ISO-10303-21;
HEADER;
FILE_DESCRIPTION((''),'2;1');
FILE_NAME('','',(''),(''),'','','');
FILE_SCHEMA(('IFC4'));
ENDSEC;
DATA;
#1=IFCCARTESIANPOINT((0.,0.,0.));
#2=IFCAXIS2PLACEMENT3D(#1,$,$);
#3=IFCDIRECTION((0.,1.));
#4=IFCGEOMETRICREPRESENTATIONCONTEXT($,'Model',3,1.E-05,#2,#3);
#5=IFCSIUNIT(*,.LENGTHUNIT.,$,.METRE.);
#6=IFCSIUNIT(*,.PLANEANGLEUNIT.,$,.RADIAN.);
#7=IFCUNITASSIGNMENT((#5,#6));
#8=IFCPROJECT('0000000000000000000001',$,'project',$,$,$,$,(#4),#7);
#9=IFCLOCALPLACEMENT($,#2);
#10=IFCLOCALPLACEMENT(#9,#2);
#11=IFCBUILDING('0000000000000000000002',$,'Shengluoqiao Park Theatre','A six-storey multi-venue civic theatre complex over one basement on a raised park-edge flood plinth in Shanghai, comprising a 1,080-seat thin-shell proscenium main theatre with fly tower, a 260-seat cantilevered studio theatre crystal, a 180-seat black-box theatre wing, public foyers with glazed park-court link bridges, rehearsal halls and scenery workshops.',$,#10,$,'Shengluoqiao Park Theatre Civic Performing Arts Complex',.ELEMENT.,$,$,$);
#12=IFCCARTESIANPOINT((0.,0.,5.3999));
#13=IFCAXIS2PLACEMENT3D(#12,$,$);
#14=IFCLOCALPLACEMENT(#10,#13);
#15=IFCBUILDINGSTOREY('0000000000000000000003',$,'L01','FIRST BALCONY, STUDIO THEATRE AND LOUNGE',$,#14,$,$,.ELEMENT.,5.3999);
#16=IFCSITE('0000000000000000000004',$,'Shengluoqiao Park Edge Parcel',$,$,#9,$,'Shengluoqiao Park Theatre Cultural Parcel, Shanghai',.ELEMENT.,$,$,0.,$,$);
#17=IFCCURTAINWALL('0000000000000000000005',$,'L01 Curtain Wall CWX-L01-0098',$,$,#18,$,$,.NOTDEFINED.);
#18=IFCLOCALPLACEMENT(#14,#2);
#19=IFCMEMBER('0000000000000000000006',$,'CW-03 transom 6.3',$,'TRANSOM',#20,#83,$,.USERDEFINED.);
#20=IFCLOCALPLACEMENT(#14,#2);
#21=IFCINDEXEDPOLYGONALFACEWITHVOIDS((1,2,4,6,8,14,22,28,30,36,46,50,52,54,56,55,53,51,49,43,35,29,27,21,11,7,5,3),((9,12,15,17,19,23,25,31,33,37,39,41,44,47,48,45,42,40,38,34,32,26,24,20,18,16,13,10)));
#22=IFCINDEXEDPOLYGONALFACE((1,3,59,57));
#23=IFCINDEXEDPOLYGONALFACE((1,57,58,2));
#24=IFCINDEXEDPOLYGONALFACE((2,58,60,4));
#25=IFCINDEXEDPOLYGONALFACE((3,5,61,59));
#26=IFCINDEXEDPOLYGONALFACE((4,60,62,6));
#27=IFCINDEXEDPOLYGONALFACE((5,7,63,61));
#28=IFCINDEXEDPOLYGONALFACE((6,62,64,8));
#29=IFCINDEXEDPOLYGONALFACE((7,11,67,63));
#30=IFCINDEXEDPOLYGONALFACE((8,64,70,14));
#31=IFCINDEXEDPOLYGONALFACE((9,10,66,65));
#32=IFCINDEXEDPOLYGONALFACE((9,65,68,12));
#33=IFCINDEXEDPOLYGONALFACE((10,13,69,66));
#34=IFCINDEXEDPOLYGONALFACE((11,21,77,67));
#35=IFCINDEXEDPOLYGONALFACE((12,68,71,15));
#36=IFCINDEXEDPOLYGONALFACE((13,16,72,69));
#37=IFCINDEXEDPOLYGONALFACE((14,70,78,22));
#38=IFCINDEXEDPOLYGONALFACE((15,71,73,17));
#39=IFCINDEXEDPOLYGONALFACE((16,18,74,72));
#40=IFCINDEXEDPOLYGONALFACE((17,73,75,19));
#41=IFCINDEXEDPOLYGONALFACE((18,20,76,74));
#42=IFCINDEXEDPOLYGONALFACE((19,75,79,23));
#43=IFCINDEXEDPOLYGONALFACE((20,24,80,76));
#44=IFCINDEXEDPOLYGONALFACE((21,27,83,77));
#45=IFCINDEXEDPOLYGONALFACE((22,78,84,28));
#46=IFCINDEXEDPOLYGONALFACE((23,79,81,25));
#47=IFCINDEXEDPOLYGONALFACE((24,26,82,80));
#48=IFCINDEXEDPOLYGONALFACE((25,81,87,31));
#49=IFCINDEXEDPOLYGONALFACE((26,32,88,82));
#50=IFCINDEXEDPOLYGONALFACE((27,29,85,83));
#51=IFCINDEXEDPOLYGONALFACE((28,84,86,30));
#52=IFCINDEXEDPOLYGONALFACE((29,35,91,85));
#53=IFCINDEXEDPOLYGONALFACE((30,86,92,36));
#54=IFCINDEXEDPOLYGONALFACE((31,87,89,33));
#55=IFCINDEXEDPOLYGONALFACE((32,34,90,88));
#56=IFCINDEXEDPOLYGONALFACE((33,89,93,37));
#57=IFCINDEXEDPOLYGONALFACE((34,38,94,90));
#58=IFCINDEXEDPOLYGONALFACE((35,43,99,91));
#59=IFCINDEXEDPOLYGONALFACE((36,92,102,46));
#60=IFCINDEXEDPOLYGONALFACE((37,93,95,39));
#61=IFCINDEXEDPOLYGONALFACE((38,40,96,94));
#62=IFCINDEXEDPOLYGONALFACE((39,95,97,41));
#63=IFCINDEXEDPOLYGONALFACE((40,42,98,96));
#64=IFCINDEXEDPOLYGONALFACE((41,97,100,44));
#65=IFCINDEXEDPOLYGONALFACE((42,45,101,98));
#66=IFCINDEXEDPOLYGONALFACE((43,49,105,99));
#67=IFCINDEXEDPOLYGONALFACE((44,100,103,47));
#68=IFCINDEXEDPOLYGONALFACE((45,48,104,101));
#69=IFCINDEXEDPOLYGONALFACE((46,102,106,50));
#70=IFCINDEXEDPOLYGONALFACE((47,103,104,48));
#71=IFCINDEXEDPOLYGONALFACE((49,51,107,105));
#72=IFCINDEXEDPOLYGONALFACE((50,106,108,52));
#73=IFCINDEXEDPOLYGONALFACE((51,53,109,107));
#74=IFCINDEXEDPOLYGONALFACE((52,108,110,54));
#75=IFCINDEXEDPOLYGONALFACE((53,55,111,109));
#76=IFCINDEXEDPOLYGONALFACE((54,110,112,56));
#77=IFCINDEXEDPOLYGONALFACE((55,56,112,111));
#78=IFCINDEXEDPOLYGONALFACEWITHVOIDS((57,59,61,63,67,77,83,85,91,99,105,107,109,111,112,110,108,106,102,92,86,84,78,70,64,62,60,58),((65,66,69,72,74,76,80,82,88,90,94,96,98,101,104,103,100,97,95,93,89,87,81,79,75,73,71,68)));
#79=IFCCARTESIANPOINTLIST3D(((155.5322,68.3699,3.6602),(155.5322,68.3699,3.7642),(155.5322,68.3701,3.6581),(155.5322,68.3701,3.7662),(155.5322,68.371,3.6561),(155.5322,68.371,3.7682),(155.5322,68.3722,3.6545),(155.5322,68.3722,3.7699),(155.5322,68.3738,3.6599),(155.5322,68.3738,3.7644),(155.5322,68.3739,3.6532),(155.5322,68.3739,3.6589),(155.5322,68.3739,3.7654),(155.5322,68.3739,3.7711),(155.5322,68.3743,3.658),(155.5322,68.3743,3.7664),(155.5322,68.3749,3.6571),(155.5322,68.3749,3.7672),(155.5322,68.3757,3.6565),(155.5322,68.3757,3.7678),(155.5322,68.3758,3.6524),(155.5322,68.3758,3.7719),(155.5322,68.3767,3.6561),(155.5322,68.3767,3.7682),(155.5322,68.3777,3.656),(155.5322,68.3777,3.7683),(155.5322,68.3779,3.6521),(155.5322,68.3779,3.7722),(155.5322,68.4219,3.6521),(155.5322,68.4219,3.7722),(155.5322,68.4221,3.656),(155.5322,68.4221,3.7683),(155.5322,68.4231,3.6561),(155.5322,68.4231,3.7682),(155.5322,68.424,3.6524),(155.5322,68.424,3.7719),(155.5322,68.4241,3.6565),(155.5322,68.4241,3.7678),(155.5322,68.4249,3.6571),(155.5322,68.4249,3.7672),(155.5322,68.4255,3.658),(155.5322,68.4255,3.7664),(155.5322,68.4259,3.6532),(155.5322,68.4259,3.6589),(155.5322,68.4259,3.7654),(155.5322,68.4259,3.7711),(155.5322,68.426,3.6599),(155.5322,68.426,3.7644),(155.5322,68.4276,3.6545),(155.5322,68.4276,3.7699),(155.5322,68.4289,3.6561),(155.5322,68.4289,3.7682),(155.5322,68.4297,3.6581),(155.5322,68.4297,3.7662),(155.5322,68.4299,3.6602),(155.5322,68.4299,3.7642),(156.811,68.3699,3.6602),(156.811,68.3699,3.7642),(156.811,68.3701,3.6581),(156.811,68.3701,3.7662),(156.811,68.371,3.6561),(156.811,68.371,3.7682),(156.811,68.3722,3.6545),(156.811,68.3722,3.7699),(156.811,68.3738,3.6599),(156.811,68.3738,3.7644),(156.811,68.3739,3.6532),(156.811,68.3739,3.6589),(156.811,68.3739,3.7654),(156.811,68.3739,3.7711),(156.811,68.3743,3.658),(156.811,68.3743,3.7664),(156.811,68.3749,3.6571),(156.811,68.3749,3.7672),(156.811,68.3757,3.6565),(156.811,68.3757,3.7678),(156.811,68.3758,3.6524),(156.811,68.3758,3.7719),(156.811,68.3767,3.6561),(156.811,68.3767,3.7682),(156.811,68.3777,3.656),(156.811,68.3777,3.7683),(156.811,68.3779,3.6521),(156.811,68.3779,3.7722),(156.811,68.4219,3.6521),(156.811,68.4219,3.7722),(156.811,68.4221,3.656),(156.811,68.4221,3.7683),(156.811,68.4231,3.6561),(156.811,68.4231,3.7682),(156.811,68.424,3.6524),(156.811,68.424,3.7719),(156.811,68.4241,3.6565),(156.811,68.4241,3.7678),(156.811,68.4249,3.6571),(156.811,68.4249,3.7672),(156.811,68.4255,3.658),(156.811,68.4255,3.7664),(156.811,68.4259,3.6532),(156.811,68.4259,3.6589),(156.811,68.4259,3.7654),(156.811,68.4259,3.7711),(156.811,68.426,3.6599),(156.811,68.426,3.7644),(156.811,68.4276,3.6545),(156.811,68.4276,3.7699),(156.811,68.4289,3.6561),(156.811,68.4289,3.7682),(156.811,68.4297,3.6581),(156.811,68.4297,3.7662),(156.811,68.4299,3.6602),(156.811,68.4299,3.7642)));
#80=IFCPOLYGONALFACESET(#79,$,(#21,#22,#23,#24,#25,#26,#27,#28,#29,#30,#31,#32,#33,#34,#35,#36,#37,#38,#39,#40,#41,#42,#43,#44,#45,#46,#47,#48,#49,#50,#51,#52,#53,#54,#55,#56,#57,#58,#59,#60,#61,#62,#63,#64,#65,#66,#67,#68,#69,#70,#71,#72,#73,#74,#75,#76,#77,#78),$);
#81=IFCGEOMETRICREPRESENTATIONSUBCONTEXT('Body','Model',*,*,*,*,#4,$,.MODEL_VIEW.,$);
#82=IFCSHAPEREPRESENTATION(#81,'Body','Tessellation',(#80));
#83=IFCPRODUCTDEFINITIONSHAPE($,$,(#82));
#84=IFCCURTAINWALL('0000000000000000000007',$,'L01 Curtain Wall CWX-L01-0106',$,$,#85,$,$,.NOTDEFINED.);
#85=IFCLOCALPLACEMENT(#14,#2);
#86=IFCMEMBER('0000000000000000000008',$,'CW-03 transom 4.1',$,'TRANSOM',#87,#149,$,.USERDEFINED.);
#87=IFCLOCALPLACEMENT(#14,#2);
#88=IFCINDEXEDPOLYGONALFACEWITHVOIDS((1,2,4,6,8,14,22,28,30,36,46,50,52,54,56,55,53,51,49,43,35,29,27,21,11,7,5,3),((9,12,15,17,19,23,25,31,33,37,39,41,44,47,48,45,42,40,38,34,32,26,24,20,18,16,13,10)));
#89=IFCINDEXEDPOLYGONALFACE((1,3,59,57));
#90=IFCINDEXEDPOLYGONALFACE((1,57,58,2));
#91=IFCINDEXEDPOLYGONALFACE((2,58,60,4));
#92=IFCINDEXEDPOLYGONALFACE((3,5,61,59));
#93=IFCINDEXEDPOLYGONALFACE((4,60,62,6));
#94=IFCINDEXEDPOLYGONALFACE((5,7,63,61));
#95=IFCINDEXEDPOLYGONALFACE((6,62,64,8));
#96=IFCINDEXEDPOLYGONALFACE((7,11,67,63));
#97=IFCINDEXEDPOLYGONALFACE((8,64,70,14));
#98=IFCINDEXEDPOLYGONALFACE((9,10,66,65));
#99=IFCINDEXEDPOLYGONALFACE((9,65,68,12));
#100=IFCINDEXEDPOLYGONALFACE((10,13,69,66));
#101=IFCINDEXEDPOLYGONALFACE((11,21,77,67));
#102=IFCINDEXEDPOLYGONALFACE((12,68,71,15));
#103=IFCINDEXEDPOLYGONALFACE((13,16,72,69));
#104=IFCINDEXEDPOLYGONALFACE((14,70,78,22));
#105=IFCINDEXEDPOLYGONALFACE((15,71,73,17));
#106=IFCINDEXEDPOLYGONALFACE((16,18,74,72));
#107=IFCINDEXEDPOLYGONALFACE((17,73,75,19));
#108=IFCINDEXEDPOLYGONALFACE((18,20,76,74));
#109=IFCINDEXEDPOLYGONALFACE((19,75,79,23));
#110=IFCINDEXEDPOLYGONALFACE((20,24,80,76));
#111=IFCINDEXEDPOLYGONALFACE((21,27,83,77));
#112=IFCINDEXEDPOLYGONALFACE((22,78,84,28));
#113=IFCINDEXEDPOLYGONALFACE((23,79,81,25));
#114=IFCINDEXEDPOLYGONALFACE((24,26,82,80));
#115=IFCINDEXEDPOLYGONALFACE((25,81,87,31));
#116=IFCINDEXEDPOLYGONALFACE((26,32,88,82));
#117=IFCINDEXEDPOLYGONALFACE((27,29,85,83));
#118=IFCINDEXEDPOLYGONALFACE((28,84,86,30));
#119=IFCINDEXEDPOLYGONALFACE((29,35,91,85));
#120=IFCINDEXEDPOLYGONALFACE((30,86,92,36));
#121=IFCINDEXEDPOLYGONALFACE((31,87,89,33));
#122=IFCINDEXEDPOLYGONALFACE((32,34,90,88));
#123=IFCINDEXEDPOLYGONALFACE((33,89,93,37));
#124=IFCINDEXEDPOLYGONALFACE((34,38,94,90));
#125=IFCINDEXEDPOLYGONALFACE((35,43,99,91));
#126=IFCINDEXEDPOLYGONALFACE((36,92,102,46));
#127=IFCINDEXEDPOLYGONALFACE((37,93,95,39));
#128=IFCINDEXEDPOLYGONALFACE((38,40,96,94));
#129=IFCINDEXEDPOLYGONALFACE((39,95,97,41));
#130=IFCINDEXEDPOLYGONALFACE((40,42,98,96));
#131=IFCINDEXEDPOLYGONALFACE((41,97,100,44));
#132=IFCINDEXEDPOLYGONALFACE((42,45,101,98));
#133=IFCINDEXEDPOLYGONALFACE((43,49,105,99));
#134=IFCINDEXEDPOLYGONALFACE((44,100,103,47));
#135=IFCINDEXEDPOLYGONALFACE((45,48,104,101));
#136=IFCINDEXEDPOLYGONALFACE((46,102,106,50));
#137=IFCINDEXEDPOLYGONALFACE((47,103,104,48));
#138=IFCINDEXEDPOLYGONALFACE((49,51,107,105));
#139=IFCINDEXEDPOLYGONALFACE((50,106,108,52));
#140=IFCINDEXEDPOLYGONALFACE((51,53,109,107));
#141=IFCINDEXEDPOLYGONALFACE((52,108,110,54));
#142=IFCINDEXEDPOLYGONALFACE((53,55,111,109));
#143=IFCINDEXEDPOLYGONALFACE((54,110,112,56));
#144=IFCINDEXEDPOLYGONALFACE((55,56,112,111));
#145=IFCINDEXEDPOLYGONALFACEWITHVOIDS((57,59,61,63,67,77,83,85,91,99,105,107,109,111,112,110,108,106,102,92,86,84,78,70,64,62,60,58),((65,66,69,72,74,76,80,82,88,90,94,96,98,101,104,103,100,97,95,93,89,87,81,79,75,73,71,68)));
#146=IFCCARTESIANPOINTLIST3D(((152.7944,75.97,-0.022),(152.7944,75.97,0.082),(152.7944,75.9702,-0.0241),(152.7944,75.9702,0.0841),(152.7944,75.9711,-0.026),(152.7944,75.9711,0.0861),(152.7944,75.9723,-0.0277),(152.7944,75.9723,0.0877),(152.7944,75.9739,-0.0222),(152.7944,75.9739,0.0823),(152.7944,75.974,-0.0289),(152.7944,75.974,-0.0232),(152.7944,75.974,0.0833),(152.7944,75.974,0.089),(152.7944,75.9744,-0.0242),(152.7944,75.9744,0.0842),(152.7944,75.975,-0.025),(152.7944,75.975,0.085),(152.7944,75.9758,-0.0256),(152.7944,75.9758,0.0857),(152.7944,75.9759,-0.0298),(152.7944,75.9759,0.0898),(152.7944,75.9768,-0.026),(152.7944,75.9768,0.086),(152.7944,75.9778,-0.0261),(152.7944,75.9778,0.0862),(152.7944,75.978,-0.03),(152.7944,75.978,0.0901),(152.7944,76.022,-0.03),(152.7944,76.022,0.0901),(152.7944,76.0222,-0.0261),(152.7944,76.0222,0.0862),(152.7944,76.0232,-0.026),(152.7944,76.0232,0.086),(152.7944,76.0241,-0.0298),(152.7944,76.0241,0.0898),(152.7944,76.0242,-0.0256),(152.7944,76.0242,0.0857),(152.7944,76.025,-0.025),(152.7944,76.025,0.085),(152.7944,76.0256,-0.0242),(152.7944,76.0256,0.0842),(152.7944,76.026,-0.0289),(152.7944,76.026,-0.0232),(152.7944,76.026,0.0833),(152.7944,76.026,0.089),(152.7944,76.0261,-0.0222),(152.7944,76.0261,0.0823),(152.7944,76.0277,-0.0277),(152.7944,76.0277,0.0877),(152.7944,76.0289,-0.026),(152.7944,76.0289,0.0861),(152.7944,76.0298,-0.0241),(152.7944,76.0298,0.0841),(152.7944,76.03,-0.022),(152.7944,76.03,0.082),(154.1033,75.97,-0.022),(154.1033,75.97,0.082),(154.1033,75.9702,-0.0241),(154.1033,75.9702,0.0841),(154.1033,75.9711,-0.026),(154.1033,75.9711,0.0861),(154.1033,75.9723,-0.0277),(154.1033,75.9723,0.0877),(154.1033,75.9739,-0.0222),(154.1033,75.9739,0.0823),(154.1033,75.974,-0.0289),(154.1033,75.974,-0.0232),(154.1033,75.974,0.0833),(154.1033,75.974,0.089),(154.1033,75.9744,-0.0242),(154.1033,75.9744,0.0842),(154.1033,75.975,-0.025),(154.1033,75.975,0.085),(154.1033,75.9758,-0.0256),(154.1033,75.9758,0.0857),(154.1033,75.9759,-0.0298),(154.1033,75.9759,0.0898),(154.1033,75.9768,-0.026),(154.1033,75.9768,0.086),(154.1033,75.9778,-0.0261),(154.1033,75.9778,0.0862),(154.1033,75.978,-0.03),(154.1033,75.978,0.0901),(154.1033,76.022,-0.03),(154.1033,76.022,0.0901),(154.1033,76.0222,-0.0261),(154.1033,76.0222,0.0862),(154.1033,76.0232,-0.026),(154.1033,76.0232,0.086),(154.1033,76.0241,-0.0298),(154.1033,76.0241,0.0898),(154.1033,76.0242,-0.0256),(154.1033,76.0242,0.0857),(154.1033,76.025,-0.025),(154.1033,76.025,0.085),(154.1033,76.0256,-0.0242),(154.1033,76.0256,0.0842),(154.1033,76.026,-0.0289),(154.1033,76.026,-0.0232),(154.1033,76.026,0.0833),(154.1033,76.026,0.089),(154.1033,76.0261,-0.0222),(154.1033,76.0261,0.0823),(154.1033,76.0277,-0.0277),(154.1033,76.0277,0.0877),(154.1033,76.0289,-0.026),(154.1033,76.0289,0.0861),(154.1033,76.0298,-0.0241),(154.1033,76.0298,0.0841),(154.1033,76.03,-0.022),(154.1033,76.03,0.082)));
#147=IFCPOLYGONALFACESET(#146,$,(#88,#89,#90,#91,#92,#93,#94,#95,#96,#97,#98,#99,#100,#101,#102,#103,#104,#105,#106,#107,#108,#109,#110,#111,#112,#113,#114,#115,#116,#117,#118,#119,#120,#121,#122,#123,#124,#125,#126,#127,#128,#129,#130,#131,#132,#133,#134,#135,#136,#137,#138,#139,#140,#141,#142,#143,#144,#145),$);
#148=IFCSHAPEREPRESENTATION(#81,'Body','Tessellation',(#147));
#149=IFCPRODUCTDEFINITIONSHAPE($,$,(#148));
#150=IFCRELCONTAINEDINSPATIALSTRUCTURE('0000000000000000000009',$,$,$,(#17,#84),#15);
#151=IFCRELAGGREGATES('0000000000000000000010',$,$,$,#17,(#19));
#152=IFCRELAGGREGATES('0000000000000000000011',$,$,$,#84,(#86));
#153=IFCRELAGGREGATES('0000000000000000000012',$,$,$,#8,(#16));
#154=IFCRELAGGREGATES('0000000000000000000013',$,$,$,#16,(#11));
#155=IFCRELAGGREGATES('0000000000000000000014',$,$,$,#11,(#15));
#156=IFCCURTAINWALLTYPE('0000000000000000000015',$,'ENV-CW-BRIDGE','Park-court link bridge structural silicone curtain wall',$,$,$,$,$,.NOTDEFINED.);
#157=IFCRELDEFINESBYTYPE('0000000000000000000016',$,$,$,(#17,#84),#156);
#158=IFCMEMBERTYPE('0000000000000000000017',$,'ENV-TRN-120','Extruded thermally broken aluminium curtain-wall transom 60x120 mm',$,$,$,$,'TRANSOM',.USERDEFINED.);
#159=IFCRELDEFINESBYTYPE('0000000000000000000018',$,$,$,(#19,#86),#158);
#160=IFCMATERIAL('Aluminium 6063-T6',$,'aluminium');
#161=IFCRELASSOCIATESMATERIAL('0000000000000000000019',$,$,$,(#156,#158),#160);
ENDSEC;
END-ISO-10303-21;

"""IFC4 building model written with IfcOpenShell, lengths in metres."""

from ifc_helpers import new_model, si_unit, direction, frame, origin, origin_2d, place, context, subcontext, project, spatial, hollow_rectangle, extrude, material, material_profile, profile_set, type_object, element, aggregate, save


model = new_model("IFC4")

# Units and contexts
model_context = context("Model", 3, precision=1e-05, world=origin(), true_north=direction((0.0, 1.0)))
body_context = subcontext(model_context, "Body", "Model", "MODEL_VIEW")
ifc_project = project(units=[si_unit("LENGTHUNIT", "METRE"), si_unit("PLANEANGLEUNIT", "RADIAN")], contexts=[model_context])

# Site, building, storey
site_placement = place(None, origin())
site = spatial("IfcSite", under=ifc_project, at=site_placement, Name="Shengluoqiao Park Edge Parcel", LongName="Shengluoqiao Park Theatre Cultural Parcel, Shanghai", CompositionType="ELEMENT", RefElevation=0.0)
building_placement = place(site_placement, origin())
building = spatial("IfcBuilding", under=site, at=building_placement, Name="Shengluoqiao Park Theatre", Description="A six-storey multi-venue civic theatre complex over one basement on a raised park-edge flood plinth in Shanghai, comprising a 1,080-seat thin-shell proscenium main theatre with fly tower, a 260-seat cantilevered studio theatre crystal, a 180-seat black-box theatre wing, public foyers with glazed park-court link bridges, rehearsal halls and scenery workshops.", LongName="Shengluoqiao Park Theatre Civic Performing Arts Complex", CompositionType="ELEMENT")
storey_placement = place(building_placement, frame((0.0, 0.0, 5.3999)))
storey = spatial("IfcBuildingStorey", under=building, at=storey_placement, Name="L01", Description="FIRST BALCONY, STUDIO THEATRE AND LOUNGE", CompositionType="ELEMENT", Elevation=5.3999)

# Curtain wall
ifc_material_1 = material(Name="Aluminium 6063-T6", Category="aluminium")
curtain_wall_type_1 = type_object("IfcCurtainWallType", Name="ENV-CW-BRIDGE", Description="Park-court link bridge structural silicone curtain wall", PredefinedType="NOTDEFINED", material=ifc_material_1)
curtain_wall_1_placement = place(storey_placement, origin())
curtain_wall_1 = element("IfcCurtainWall", 1, at=curtain_wall_1_placement, inside=storey, type_object=curtain_wall_type_1, Name="L01 Curtain Wall CWX-L01-0098", PredefinedType="NOTDEFINED")

# Member
ifc_material_profile_1 = material_profile(ifc_material_1, hollow_rectangle(XDim=0.0601, YDim=0.1201, WallThickness=0.0039, InnerFilletRadius=0.0039, OuterFilletRadius=0.0081, at=origin_2d()), Name="ALU TRANSOM 120x60x4")
ifc_profile_set_1 = profile_set([ifc_material_profile_1], Name="Aluminium 6063-T6")
member_type_1 = type_object("IfcMemberType", Name="ENV-TRN-120", Description="Extruded thermally broken aluminium curtain-wall transom 60x120 mm", ElementType="TRANSOM", PredefinedType="USERDEFINED", material=ifc_profile_set_1)
member_1_placement = place(storey_placement, frame((155.5322, 68.3999, 3.7122), z_axis=(1.0, 0.0, 0.0), x_axis=(0.0, 1.0, 0.0)))
member_1 = element("IfcMember", 2, at=member_1_placement, type_object=member_type_1, Name="CW-03 transom 6.3", ObjectType="TRANSOM", PredefinedType="USERDEFINED", context=body_context, shape_type="SweptSolid", body=[
    extrude(hollow_rectangle(XDim=0.0601, YDim=0.1201, WallThickness=0.0039, InnerFilletRadius=0.0039, OuterFilletRadius=0.0081, at=origin_2d()), origin(), (0.0, 0.0, 1.0), 1.2788),
])

# Curtain wall, member
curtain_wall_2_placement = place(storey_placement, origin())
curtain_wall_2 = element("IfcCurtainWall", 3, at=curtain_wall_2_placement, inside=storey, type_object=curtain_wall_type_1, Name="L01 Curtain Wall CWX-L01-0106", PredefinedType="NOTDEFINED")
member_2_placement = place(storey_placement, frame((152.7944, 76.0, 0.03), z_axis=(1.0, 0.0, 0.0), x_axis=(0.0, 1.0, 0.0)))
member_2 = element("IfcMember", 4, at=member_2_placement, type_object=member_type_1, Name="CW-03 transom 4.1", ObjectType="TRANSOM", PredefinedType="USERDEFINED", context=body_context, shape_type="SweptSolid", body=[
    extrude(hollow_rectangle(XDim=0.0601, YDim=0.1201, WallThickness=0.0039, InnerFilletRadius=0.0039, OuterFilletRadius=0.0081, at=origin_2d()), origin(), (0.0, 0.0, 1.0), 1.3088),
])

aggregate(curtain_wall_1, [member_1])
aggregate(curtain_wall_2, [member_2])

save(model, "model.ifc")
